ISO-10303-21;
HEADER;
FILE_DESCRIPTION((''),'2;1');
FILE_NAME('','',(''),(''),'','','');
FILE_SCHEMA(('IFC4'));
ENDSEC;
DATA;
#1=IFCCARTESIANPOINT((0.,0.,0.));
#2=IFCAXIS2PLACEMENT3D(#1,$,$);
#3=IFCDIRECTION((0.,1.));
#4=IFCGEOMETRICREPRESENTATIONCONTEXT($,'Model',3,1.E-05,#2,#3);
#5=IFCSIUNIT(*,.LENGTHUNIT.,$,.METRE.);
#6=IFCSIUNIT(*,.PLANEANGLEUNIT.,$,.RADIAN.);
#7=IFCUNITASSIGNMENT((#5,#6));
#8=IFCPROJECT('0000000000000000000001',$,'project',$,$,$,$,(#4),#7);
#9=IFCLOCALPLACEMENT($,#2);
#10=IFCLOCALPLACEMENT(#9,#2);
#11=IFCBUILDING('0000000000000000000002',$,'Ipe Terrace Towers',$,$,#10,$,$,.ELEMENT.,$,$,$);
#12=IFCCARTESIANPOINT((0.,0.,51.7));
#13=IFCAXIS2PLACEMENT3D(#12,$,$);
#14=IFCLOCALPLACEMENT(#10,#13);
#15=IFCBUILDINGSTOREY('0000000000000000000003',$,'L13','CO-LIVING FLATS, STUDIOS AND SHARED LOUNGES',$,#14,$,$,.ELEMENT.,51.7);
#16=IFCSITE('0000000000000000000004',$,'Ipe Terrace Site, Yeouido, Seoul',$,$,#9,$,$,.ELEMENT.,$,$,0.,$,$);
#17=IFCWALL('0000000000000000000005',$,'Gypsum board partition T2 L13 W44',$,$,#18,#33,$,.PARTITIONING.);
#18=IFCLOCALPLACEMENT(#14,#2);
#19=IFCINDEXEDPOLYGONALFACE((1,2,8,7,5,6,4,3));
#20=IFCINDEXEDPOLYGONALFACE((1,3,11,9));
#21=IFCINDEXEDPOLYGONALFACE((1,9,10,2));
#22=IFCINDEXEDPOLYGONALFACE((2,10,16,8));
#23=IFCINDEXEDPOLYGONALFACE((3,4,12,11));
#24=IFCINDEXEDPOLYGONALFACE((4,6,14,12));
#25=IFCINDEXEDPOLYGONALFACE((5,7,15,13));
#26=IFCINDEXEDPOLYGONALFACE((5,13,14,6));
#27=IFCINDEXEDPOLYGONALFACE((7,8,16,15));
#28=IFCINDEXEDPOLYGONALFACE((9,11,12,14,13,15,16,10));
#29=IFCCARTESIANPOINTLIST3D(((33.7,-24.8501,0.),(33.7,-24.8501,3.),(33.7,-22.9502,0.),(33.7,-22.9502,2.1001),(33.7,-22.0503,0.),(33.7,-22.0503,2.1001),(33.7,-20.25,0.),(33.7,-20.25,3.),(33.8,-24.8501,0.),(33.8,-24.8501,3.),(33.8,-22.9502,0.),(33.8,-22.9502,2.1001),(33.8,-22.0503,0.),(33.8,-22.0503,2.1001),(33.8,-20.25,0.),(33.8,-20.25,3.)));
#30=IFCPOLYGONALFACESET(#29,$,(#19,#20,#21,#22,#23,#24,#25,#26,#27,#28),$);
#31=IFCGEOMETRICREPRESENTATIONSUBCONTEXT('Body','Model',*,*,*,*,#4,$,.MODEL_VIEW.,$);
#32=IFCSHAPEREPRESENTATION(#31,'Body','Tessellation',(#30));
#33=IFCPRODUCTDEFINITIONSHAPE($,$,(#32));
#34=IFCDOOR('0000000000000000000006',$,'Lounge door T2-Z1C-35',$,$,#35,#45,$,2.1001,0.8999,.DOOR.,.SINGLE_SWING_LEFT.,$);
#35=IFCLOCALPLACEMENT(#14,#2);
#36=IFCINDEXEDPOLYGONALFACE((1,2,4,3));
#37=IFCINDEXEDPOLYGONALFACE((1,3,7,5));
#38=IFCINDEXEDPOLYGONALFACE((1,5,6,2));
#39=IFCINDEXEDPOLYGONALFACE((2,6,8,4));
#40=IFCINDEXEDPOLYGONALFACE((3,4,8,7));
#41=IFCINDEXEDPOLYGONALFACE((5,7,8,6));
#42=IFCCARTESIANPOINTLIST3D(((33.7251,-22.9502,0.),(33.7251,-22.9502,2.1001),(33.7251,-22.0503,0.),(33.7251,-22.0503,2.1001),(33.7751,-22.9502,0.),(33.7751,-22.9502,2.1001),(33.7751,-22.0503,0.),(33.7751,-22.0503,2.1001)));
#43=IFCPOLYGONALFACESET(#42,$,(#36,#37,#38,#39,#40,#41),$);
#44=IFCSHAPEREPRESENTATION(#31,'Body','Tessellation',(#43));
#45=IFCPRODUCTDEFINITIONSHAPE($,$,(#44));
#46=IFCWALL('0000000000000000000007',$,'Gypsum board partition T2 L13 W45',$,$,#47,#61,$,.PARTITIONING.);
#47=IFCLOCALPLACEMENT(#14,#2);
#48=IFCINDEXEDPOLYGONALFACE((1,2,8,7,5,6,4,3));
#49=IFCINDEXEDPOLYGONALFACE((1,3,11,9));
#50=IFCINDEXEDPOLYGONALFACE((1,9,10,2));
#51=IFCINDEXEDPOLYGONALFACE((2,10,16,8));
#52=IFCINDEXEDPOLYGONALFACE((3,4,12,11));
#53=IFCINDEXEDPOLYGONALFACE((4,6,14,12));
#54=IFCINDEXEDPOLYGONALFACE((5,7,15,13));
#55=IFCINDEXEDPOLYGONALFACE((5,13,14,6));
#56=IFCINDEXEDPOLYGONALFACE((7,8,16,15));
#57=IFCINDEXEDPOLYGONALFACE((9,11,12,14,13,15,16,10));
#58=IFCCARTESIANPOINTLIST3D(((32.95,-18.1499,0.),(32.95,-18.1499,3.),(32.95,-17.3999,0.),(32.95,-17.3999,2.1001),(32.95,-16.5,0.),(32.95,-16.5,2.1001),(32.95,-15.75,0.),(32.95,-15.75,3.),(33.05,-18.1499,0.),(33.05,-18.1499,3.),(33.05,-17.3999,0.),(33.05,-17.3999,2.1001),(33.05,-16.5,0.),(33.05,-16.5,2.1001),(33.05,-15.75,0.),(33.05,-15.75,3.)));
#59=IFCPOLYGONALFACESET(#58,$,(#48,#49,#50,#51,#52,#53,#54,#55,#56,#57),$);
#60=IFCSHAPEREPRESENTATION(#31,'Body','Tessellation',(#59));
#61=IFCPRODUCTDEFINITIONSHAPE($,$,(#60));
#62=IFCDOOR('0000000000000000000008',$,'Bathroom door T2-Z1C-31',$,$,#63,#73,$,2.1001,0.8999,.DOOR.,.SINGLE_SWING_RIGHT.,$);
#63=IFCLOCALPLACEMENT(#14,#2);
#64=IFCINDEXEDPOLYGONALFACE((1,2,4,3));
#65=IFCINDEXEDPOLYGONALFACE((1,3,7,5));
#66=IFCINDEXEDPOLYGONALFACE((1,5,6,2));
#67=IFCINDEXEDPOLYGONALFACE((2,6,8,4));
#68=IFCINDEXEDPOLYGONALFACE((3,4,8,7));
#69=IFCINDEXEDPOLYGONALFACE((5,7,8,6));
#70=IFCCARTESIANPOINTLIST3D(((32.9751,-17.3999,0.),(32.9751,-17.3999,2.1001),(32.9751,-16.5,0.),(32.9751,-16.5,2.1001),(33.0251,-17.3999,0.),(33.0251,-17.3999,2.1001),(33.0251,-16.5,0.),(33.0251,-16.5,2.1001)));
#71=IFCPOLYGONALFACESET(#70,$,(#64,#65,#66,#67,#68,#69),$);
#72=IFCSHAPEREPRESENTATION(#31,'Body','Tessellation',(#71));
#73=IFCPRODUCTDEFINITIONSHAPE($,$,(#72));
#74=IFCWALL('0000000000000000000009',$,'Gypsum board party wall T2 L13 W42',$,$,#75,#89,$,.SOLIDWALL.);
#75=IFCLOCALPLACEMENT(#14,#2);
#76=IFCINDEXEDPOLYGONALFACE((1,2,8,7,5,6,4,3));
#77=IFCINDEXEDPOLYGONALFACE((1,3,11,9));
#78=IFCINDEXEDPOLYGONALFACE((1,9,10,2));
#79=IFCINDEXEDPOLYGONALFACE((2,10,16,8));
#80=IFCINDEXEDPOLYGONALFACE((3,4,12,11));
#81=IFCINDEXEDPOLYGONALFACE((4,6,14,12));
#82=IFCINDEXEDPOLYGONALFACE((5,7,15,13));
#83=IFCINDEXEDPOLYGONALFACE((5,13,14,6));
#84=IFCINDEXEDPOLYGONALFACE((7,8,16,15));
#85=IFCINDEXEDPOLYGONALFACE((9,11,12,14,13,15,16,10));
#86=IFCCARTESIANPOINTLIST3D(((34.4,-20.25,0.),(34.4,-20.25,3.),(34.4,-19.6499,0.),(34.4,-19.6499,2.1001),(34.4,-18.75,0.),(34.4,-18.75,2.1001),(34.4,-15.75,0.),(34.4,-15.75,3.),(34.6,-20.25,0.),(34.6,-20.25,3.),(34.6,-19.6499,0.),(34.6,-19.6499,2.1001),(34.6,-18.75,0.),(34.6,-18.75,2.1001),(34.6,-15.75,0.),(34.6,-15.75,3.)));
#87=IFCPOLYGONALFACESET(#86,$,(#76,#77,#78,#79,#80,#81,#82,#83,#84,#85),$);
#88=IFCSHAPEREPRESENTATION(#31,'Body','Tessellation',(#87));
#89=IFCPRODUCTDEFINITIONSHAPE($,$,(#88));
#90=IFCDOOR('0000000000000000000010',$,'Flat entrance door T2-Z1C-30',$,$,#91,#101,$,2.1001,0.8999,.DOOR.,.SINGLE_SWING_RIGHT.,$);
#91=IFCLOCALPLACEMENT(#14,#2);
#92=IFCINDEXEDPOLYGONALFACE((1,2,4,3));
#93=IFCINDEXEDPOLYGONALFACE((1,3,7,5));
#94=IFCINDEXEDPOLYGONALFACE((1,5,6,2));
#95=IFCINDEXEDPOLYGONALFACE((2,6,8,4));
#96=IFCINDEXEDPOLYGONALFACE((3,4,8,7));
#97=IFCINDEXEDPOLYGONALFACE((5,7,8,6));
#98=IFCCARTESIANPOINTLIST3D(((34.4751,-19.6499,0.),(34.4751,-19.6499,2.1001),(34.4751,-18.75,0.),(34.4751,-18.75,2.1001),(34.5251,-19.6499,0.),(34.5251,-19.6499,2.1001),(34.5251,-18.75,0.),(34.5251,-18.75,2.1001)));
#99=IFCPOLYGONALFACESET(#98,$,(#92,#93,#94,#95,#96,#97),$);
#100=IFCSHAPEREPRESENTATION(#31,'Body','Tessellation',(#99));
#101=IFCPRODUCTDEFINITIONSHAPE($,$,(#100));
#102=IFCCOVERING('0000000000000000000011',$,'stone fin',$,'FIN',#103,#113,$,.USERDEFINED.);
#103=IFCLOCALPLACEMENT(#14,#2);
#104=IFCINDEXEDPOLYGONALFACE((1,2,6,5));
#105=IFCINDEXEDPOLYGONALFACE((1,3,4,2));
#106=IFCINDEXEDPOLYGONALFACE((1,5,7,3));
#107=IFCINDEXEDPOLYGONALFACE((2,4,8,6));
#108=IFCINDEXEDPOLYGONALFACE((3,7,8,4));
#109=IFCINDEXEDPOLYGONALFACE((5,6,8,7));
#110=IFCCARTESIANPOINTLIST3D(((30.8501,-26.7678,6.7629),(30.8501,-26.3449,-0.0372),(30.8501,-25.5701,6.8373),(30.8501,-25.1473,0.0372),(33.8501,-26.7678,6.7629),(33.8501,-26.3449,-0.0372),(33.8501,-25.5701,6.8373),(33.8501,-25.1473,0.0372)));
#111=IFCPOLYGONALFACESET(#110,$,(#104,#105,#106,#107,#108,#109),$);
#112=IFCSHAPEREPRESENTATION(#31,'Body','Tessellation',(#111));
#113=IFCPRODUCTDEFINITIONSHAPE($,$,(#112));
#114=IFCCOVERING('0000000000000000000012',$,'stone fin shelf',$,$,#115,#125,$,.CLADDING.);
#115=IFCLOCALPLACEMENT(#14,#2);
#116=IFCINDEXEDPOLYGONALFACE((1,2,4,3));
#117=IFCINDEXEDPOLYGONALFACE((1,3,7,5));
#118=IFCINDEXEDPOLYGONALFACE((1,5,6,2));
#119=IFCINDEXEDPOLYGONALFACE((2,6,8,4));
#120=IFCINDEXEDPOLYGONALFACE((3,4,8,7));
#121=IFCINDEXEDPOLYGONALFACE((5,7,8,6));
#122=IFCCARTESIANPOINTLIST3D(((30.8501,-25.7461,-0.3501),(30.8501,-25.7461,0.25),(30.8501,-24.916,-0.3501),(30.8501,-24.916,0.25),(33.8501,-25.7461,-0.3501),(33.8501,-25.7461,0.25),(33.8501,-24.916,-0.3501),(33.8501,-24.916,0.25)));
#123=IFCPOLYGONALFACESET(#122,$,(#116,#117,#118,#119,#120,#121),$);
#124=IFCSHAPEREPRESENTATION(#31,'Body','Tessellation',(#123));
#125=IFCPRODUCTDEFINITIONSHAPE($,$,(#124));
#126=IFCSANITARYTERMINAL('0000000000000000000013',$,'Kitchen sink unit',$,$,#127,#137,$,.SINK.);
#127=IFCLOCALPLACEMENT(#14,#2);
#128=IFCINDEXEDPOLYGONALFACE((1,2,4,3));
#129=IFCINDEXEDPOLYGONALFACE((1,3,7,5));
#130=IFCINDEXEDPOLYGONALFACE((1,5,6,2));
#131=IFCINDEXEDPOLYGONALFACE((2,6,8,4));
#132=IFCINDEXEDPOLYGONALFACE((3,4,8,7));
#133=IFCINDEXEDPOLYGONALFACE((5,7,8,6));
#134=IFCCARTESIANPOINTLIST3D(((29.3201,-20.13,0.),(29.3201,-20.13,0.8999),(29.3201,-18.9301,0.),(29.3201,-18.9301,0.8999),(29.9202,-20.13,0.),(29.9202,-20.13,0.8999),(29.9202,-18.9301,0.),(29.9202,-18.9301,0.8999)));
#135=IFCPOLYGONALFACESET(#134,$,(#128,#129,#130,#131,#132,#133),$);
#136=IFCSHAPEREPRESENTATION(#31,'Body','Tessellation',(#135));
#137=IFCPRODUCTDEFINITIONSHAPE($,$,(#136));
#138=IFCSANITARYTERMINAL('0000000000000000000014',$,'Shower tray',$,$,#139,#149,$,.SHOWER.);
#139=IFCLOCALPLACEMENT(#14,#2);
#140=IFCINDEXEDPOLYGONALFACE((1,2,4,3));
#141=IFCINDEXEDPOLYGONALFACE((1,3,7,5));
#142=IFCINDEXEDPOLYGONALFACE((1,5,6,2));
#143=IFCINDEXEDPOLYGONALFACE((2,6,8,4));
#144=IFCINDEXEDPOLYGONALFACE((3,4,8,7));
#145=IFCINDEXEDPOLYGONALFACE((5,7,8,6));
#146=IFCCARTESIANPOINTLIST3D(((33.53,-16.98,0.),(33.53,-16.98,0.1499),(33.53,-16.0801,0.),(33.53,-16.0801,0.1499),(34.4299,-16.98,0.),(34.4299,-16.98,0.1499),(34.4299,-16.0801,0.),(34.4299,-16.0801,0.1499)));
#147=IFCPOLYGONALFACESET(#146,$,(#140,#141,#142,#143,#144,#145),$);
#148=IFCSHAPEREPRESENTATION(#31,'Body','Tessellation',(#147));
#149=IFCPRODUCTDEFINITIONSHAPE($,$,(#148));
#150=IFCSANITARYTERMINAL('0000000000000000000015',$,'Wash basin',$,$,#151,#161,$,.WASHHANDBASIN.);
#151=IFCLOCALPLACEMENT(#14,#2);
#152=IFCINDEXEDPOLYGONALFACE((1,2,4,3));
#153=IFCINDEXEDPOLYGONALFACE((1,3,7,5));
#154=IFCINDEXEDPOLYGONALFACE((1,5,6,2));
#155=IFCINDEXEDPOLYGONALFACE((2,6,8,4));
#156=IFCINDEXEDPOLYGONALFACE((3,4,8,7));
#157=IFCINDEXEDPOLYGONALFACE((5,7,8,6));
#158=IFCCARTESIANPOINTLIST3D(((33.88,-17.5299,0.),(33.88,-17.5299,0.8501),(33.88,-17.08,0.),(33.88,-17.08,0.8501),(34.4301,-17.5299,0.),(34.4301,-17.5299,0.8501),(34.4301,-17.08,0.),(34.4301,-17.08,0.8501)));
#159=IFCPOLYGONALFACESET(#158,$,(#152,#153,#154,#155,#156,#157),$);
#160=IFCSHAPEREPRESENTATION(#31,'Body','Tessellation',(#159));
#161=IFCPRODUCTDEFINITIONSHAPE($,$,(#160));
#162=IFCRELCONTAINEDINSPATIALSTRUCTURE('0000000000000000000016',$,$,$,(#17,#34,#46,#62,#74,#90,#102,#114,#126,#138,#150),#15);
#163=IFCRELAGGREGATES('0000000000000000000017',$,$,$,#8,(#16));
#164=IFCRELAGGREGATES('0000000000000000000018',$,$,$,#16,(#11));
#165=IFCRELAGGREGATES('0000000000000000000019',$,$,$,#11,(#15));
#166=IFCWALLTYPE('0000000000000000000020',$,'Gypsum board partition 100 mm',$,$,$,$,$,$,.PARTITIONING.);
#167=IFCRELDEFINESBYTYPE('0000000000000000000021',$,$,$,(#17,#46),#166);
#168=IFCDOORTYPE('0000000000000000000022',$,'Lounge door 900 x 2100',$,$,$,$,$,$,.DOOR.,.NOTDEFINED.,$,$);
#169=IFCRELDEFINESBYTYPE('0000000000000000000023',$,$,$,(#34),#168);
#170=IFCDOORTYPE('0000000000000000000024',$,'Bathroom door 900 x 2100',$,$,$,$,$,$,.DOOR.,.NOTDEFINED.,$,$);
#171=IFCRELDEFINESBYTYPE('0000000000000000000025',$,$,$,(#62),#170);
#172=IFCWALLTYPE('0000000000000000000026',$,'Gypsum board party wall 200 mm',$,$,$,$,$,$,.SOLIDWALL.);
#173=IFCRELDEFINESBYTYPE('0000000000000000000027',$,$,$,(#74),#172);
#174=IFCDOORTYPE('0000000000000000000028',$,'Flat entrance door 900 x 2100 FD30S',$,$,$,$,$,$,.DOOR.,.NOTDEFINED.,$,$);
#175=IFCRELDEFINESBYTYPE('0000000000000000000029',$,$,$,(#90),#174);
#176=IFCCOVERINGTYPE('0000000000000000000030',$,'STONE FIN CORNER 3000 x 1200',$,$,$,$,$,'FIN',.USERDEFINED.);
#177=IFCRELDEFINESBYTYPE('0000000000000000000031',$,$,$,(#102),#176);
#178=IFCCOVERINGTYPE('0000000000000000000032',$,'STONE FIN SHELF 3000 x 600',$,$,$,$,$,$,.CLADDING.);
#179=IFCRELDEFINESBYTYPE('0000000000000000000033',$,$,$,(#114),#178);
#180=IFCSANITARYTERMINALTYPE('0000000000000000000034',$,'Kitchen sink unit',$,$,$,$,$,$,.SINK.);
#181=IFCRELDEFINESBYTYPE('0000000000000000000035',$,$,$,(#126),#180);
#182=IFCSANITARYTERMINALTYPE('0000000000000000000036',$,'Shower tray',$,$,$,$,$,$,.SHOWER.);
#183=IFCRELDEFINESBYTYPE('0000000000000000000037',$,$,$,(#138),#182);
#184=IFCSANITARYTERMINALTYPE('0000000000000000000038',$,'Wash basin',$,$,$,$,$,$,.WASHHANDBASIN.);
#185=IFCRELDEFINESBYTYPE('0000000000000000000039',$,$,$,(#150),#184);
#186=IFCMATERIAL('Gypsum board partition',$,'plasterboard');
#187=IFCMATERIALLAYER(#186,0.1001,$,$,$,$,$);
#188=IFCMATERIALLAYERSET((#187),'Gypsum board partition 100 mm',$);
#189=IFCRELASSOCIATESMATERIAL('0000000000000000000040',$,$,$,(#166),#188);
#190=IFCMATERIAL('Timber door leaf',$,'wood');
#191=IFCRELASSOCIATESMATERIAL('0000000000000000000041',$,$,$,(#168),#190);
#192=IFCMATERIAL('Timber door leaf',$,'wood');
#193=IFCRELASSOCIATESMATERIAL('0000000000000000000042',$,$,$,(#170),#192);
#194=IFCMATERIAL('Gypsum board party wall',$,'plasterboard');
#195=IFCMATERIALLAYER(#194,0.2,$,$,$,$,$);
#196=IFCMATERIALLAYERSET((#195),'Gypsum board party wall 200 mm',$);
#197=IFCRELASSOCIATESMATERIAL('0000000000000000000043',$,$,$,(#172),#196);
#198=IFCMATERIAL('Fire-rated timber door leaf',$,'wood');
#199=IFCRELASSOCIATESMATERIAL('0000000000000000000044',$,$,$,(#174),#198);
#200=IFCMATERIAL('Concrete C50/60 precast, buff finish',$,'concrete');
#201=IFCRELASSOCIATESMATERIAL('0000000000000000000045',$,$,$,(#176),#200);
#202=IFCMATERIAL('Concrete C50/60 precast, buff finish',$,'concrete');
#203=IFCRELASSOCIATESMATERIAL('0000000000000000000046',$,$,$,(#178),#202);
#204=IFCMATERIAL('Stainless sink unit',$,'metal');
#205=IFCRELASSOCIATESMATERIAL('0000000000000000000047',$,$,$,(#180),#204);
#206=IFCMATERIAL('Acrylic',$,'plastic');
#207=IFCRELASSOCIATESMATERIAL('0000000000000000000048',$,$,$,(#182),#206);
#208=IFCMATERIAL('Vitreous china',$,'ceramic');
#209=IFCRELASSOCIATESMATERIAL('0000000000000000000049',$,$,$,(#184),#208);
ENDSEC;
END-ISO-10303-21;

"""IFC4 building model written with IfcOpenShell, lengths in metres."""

from ifc_helpers import new_model, si_unit, direction, frame, frame_2d, origin, origin_2d, place, context, subcontext, project, spatial, rectangle, extrude, material, layer, layer_set, material_profile, profile_set, type_object, element, fill, save


model = new_model("IFC4")

# Units and contexts
model_context = context("Model", 3, precision=1e-05, world=origin(), true_north=direction((0.0, 1.0)))
body_context = subcontext(model_context, "Body", "Model", "MODEL_VIEW")
ifc_project = project(units=[si_unit("LENGTHUNIT", "METRE"), si_unit("PLANEANGLEUNIT", "RADIAN")], contexts=[model_context])

# Site, building, storey
site_placement = place(None, origin())
site = spatial("IfcSite", under=ifc_project, at=site_placement, Name="Ipe Terrace Site, Yeouido, Seoul", CompositionType="ELEMENT", RefElevation=0.0)
building_placement = place(site_placement, origin())
building = spatial("IfcBuilding", under=site, at=building_placement, Name="Ipe Terrace Towers", CompositionType="ELEMENT")
storey_placement = place(building_placement, frame((0.0, 0.0, 51.7)))
storey = spatial("IfcBuildingStorey", under=building, at=storey_placement, Name="L13", Description="CO-LIVING FLATS, STUDIOS AND SHARED LOUNGES", CompositionType="ELEMENT", Elevation=51.7)

# Shared definitions
ifc_material_1 = material(Name="Gypsum board partition", Category="plasterboard")
ifc_layer_1 = layer(ifc_material_1, 0.1001)
ifc_layer_set_1 = layer_set([ifc_layer_1], Name="Gypsum board partition 100 mm")
wall_type_1 = type_object("IfcWallType", Name="Gypsum board partition 100 mm", PredefinedType="PARTITIONING", material=ifc_layer_set_1)

# Walls, openings, doors
wall_1_placement = place(storey_placement, frame((33.75, -24.8501, 0.0), z_axis=(0.0, 0.0, 1.0), x_axis=(0.0, 1.0, 0.0)))
wall_1 = element("IfcWall", 1, at=wall_1_placement, inside=storey, type_object=wall_type_1, Name="Gypsum board partition T2 L13 W44", PredefinedType="PARTITIONING", context=body_context, shape_type="SweptSolid", body=[
    extrude(rectangle(XDim=4.6001, YDim=0.1001, at=frame_2d((2.3, 0.0))), origin(), (0.0, 0.0, 1.0), 3.0),
])
opening_1_placement = place(wall_1_placement, frame((1.8999, 0.0, 0.0)))
opening_1 = element("IfcOpeningElement", 2, at=opening_1_placement, cuts=wall_1, PredefinedType="OPENING", context=body_context, shape_type="SweptSolid", body=[
    extrude(rectangle(XDim=0.8999, YDim=2.1001, at=frame_2d((0.45, 1.05))), frame((0.0, 0.0601, 0.0), z_axis=(0.0, -1.0, 0.0), x_axis=(1.0, 0.0, 0.0)), (0.0, 0.0, 1.0), 0.1201),
])
ifc_material_2 = material(Name="Timber door leaf", Category="wood")
door_type_1 = type_object("IfcDoorType", Name="Lounge door 900 x 2100", OperationType="NOTDEFINED", PredefinedType="DOOR", material=ifc_material_2)
door_1_placement = place(opening_1_placement, origin())
door_1 = element("IfcDoor", 3, at=door_1_placement, inside=storey, type_object=door_type_1, Name="Lounge door T2-Z1C-35", OperationType="SINGLE_SWING_LEFT", OverallHeight=2.1001, OverallWidth=0.8999, PredefinedType="DOOR", context=body_context, shape_type="SweptSolid", body=[
    extrude(rectangle(XDim=0.8999, YDim=2.1001, at=frame_2d((0.45, 1.05))), frame((0.0, 0.0249, 0.0), z_axis=(0.0, -1.0, 0.0), x_axis=(1.0, 0.0, 0.0)), (0.0, 0.0, 1.0), 0.05),
])
fill(opening_1, door_1)
wall_2_placement = place(storey_placement, frame((33.0, -18.1499, 0.0), z_axis=(0.0, 0.0, 1.0), x_axis=(0.0, 1.0, 0.0)))
wall_2 = element("IfcWall", 4, at=wall_2_placement, inside=storey, type_object=wall_type_1, Name="Gypsum board partition T2 L13 W45", PredefinedType="PARTITIONING", context=body_context, shape_type="SweptSolid", body=[
    extrude(rectangle(XDim=2.3999, YDim=0.1001, at=frame_2d((1.2, 0.0))), origin(), (0.0, 0.0, 1.0), 3.0),
])
opening_2_placement = place(wall_2_placement, frame((0.75, 0.0, 0.0)))
opening_2 = element("IfcOpeningElement", 5, at=opening_2_placement, cuts=wall_2, PredefinedType="OPENING", context=body_context, shape_type="SweptSolid", body=[
    extrude(rectangle(XDim=0.8999, YDim=2.1001, at=frame_2d((0.45, 1.05))), frame((0.0, 0.0601, 0.0), z_axis=(0.0, -1.0, 0.0), x_axis=(1.0, 0.0, 0.0)), (0.0, 0.0, 1.0), 0.1201),
])
ifc_material_3 = material(Name="Timber door leaf", Category="wood")
door_type_2 = type_object("IfcDoorType", Name="Bathroom door 900 x 2100", OperationType="NOTDEFINED", PredefinedType="DOOR", material=ifc_material_3)
door_2_placement = place(opening_2_placement, origin())
door_2 = element("IfcDoor", 6, at=door_2_placement, inside=storey, type_object=door_type_2, Name="Bathroom door T2-Z1C-31", OperationType="SINGLE_SWING_RIGHT", OverallHeight=2.1001, OverallWidth=0.8999, PredefinedType="DOOR", context=body_context, shape_type="SweptSolid", body=[
    extrude(rectangle(XDim=0.8999, YDim=2.1001, at=frame_2d((0.45, 1.05))), frame((0.0, 0.0249, 0.0), z_axis=(0.0, -1.0, 0.0), x_axis=(1.0, 0.0, 0.0)), (0.0, 0.0, 1.0), 0.05),
])
fill(opening_2, door_2)
ifc_material_4 = material(Name="Gypsum board party wall", Category="plasterboard")
ifc_layer_2 = layer(ifc_material_4, 0.2)
ifc_layer_set_2 = layer_set([ifc_layer_2], Name="Gypsum board party wall 200 mm")
wall_type_2 = type_object("IfcWallType", Name="Gypsum board party wall 200 mm", PredefinedType="SOLIDWALL", material=ifc_layer_set_2)
wall_3_placement = place(storey_placement, frame((34.5, -20.25, 0.0), z_axis=(0.0, 0.0, 1.0), x_axis=(0.0, 1.0, 0.0)))
wall_3 = element("IfcWall", 7, at=wall_3_placement, inside=storey, type_object=wall_type_2, Name="Gypsum board party wall T2 L13 W42", PredefinedType="SOLIDWALL", context=body_context, shape_type="SweptSolid", body=[
    extrude(rectangle(XDim=4.5, YDim=0.2, at=frame_2d((2.25, 0.0))), origin(), (0.0, 0.0, 1.0), 3.0),
])
opening_3_placement = place(wall_3_placement, frame((0.6001, 0.0, 0.0)))
opening_3 = element("IfcOpeningElement", 8, at=opening_3_placement, cuts=wall_3, PredefinedType="OPENING", context=body_context, shape_type="SweptSolid", body=[
    extrude(rectangle(XDim=0.8999, YDim=2.1001, at=frame_2d((0.45, 1.05))), frame((0.0, 0.1099, 0.0), z_axis=(0.0, -1.0, 0.0), x_axis=(1.0, 0.0, 0.0)), (0.0, 0.0, 1.0), 0.22),
])
ifc_material_5 = material(Name="Fire-rated timber door leaf", Category="wood")
door_type_3 = type_object("IfcDoorType", Name="Flat entrance door 900 x 2100 FD30S", OperationType="NOTDEFINED", PredefinedType="DOOR", material=ifc_material_5)
door_3_placement = place(opening_3_placement, origin())
door_3 = element("IfcDoor", 9, at=door_3_placement, inside=storey, type_object=door_type_3, Name="Flat entrance door T2-Z1C-30", OperationType="SINGLE_SWING_RIGHT", OverallHeight=2.1001, OverallWidth=0.8999, PredefinedType="DOOR", context=body_context, shape_type="SweptSolid", body=[
    extrude(rectangle(XDim=0.8999, YDim=2.1001, at=frame_2d((0.45, 1.05))), frame((0.0, 0.0249, 0.0), z_axis=(0.0, -1.0, 0.0), x_axis=(1.0, 0.0, 0.0)), (0.0, 0.0, 1.0), 0.05),
])
fill(opening_3, door_3)

# Coverings
ifc_material_6 = material(Name="Concrete C50/60 precast, buff finish", Category="concrete")
ifc_material_profile_1 = material_profile(ifc_material_6, rectangle(XDim=3.0, YDim=1.2, at=origin_2d()), Name="STONE FIN CORNER 3000 x 1200")
ifc_profile_set_1 = profile_set([ifc_material_profile_1], Name="Concrete C50/60 precast, buff finish")
covering_type_1 = type_object("IfcCoveringType", Name="STONE FIN CORNER 3000 x 1200", ElementType="FIN", PredefinedType="USERDEFINED", material=ifc_profile_set_1)
covering_1_placement = place(storey_placement, frame((32.3501, -25.7461, 0.0), z_axis=(0.0, -0.062064, 0.998072), x_axis=(1.0, 0.0, 0.0)))
element("IfcCovering", 10, at=covering_1_placement, inside=storey, type_object=covering_type_1, Name="stone fin", ObjectType="FIN", PredefinedType="USERDEFINED", context=body_context, shape_type="SweptSolid", body=[
    extrude(rectangle(XDim=3.0, YDim=1.2, at=origin_2d()), origin(), (0.0, 0.0, 1.0), 6.8132),
])
ifc_material_7 = material(Name="Concrete C50/60 precast, buff finish", Category="concrete")
covering_type_2 = type_object("IfcCoveringType", Name="STONE FIN SHELF 3000 x 600", PredefinedType="CLADDING", material=ifc_material_7)
covering_2_placement = place(storey_placement, frame((32.3501, -25.3311, -0.3501), z_axis=(0.0, 0.0, 1.0), x_axis=(1.0, 0.0, 0.0)))
element("IfcCovering", 11, at=covering_2_placement, inside=storey, type_object=covering_type_2, Name="stone fin shelf", PredefinedType="CLADDING", context=body_context, shape_type="SweptSolid", body=[
    extrude(rectangle(XDim=3.0, YDim=0.8301, at=origin_2d()), origin(), (0.0, 0.0, 1.0), 0.6001),
])

# Sanitary terminals
ifc_material_8 = material(Name="Stainless sink unit", Category="metal")
sanitary_terminal_type_1 = type_object("IfcSanitaryTerminalType", Name="Kitchen sink unit", PredefinedType="SINK", material=ifc_material_8)
sanitary_terminal_1_placement = place(storey_placement, frame((29.6201, -19.53, 0.0), z_axis=(0.0, 0.0, 1.0), x_axis=(0.0, 1.0, 0.0)))
element("IfcSanitaryTerminal", 12, at=sanitary_terminal_1_placement, inside=storey, type_object=sanitary_terminal_type_1, Name="Kitchen sink unit", PredefinedType="SINK", context=body_context, shape_type="SweptSolid", body=[
    extrude(rectangle(XDim=1.2, YDim=0.6001, at=origin_2d()), origin(), (0.0, 0.0, 1.0), 0.8999),
])
ifc_material_9 = material(Name="Acrylic", Category="plastic")
sanitary_terminal_type_2 = type_object("IfcSanitaryTerminalType", Name="Shower tray", PredefinedType="SHOWER", material=ifc_material_9)
sanitary_terminal_2_placement = place(storey_placement, frame((33.98, -16.53, 0.0), z_axis=(0.0, 0.0, 1.0), x_axis=(-1.0, 0.0, 0.0)))
element("IfcSanitaryTerminal", 13, at=sanitary_terminal_2_placement, inside=storey, type_object=sanitary_terminal_type_2, Name="Shower tray", PredefinedType="SHOWER", context=body_context, shape_type="SweptSolid", body=[
    extrude(rectangle(XDim=0.8999, YDim=0.8999, at=origin_2d()), origin(), (0.0, 0.0, 1.0), 0.1499),
])
ifc_material_10 = material(Name="Vitreous china", Category="ceramic")
sanitary_terminal_type_3 = type_object("IfcSanitaryTerminalType", Name="Wash basin", PredefinedType="WASHHANDBASIN", material=ifc_material_10)
sanitary_terminal_3_placement = place(storey_placement, frame((34.155, -17.3049, 0.0), z_axis=(0.0, 0.0, 1.0), x_axis=(-1.0, 0.0, 0.0)))
element("IfcSanitaryTerminal", 14, at=sanitary_terminal_3_placement, inside=storey, type_object=sanitary_terminal_type_3, Name="Wash basin", PredefinedType="WASHHANDBASIN", context=body_context, shape_type="SweptSolid", body=[
    extrude(rectangle(XDim=0.55, YDim=0.45, at=origin_2d()), origin(), (0.0, 0.0, 1.0), 0.8501),
])

save(model, "model.ifc")
